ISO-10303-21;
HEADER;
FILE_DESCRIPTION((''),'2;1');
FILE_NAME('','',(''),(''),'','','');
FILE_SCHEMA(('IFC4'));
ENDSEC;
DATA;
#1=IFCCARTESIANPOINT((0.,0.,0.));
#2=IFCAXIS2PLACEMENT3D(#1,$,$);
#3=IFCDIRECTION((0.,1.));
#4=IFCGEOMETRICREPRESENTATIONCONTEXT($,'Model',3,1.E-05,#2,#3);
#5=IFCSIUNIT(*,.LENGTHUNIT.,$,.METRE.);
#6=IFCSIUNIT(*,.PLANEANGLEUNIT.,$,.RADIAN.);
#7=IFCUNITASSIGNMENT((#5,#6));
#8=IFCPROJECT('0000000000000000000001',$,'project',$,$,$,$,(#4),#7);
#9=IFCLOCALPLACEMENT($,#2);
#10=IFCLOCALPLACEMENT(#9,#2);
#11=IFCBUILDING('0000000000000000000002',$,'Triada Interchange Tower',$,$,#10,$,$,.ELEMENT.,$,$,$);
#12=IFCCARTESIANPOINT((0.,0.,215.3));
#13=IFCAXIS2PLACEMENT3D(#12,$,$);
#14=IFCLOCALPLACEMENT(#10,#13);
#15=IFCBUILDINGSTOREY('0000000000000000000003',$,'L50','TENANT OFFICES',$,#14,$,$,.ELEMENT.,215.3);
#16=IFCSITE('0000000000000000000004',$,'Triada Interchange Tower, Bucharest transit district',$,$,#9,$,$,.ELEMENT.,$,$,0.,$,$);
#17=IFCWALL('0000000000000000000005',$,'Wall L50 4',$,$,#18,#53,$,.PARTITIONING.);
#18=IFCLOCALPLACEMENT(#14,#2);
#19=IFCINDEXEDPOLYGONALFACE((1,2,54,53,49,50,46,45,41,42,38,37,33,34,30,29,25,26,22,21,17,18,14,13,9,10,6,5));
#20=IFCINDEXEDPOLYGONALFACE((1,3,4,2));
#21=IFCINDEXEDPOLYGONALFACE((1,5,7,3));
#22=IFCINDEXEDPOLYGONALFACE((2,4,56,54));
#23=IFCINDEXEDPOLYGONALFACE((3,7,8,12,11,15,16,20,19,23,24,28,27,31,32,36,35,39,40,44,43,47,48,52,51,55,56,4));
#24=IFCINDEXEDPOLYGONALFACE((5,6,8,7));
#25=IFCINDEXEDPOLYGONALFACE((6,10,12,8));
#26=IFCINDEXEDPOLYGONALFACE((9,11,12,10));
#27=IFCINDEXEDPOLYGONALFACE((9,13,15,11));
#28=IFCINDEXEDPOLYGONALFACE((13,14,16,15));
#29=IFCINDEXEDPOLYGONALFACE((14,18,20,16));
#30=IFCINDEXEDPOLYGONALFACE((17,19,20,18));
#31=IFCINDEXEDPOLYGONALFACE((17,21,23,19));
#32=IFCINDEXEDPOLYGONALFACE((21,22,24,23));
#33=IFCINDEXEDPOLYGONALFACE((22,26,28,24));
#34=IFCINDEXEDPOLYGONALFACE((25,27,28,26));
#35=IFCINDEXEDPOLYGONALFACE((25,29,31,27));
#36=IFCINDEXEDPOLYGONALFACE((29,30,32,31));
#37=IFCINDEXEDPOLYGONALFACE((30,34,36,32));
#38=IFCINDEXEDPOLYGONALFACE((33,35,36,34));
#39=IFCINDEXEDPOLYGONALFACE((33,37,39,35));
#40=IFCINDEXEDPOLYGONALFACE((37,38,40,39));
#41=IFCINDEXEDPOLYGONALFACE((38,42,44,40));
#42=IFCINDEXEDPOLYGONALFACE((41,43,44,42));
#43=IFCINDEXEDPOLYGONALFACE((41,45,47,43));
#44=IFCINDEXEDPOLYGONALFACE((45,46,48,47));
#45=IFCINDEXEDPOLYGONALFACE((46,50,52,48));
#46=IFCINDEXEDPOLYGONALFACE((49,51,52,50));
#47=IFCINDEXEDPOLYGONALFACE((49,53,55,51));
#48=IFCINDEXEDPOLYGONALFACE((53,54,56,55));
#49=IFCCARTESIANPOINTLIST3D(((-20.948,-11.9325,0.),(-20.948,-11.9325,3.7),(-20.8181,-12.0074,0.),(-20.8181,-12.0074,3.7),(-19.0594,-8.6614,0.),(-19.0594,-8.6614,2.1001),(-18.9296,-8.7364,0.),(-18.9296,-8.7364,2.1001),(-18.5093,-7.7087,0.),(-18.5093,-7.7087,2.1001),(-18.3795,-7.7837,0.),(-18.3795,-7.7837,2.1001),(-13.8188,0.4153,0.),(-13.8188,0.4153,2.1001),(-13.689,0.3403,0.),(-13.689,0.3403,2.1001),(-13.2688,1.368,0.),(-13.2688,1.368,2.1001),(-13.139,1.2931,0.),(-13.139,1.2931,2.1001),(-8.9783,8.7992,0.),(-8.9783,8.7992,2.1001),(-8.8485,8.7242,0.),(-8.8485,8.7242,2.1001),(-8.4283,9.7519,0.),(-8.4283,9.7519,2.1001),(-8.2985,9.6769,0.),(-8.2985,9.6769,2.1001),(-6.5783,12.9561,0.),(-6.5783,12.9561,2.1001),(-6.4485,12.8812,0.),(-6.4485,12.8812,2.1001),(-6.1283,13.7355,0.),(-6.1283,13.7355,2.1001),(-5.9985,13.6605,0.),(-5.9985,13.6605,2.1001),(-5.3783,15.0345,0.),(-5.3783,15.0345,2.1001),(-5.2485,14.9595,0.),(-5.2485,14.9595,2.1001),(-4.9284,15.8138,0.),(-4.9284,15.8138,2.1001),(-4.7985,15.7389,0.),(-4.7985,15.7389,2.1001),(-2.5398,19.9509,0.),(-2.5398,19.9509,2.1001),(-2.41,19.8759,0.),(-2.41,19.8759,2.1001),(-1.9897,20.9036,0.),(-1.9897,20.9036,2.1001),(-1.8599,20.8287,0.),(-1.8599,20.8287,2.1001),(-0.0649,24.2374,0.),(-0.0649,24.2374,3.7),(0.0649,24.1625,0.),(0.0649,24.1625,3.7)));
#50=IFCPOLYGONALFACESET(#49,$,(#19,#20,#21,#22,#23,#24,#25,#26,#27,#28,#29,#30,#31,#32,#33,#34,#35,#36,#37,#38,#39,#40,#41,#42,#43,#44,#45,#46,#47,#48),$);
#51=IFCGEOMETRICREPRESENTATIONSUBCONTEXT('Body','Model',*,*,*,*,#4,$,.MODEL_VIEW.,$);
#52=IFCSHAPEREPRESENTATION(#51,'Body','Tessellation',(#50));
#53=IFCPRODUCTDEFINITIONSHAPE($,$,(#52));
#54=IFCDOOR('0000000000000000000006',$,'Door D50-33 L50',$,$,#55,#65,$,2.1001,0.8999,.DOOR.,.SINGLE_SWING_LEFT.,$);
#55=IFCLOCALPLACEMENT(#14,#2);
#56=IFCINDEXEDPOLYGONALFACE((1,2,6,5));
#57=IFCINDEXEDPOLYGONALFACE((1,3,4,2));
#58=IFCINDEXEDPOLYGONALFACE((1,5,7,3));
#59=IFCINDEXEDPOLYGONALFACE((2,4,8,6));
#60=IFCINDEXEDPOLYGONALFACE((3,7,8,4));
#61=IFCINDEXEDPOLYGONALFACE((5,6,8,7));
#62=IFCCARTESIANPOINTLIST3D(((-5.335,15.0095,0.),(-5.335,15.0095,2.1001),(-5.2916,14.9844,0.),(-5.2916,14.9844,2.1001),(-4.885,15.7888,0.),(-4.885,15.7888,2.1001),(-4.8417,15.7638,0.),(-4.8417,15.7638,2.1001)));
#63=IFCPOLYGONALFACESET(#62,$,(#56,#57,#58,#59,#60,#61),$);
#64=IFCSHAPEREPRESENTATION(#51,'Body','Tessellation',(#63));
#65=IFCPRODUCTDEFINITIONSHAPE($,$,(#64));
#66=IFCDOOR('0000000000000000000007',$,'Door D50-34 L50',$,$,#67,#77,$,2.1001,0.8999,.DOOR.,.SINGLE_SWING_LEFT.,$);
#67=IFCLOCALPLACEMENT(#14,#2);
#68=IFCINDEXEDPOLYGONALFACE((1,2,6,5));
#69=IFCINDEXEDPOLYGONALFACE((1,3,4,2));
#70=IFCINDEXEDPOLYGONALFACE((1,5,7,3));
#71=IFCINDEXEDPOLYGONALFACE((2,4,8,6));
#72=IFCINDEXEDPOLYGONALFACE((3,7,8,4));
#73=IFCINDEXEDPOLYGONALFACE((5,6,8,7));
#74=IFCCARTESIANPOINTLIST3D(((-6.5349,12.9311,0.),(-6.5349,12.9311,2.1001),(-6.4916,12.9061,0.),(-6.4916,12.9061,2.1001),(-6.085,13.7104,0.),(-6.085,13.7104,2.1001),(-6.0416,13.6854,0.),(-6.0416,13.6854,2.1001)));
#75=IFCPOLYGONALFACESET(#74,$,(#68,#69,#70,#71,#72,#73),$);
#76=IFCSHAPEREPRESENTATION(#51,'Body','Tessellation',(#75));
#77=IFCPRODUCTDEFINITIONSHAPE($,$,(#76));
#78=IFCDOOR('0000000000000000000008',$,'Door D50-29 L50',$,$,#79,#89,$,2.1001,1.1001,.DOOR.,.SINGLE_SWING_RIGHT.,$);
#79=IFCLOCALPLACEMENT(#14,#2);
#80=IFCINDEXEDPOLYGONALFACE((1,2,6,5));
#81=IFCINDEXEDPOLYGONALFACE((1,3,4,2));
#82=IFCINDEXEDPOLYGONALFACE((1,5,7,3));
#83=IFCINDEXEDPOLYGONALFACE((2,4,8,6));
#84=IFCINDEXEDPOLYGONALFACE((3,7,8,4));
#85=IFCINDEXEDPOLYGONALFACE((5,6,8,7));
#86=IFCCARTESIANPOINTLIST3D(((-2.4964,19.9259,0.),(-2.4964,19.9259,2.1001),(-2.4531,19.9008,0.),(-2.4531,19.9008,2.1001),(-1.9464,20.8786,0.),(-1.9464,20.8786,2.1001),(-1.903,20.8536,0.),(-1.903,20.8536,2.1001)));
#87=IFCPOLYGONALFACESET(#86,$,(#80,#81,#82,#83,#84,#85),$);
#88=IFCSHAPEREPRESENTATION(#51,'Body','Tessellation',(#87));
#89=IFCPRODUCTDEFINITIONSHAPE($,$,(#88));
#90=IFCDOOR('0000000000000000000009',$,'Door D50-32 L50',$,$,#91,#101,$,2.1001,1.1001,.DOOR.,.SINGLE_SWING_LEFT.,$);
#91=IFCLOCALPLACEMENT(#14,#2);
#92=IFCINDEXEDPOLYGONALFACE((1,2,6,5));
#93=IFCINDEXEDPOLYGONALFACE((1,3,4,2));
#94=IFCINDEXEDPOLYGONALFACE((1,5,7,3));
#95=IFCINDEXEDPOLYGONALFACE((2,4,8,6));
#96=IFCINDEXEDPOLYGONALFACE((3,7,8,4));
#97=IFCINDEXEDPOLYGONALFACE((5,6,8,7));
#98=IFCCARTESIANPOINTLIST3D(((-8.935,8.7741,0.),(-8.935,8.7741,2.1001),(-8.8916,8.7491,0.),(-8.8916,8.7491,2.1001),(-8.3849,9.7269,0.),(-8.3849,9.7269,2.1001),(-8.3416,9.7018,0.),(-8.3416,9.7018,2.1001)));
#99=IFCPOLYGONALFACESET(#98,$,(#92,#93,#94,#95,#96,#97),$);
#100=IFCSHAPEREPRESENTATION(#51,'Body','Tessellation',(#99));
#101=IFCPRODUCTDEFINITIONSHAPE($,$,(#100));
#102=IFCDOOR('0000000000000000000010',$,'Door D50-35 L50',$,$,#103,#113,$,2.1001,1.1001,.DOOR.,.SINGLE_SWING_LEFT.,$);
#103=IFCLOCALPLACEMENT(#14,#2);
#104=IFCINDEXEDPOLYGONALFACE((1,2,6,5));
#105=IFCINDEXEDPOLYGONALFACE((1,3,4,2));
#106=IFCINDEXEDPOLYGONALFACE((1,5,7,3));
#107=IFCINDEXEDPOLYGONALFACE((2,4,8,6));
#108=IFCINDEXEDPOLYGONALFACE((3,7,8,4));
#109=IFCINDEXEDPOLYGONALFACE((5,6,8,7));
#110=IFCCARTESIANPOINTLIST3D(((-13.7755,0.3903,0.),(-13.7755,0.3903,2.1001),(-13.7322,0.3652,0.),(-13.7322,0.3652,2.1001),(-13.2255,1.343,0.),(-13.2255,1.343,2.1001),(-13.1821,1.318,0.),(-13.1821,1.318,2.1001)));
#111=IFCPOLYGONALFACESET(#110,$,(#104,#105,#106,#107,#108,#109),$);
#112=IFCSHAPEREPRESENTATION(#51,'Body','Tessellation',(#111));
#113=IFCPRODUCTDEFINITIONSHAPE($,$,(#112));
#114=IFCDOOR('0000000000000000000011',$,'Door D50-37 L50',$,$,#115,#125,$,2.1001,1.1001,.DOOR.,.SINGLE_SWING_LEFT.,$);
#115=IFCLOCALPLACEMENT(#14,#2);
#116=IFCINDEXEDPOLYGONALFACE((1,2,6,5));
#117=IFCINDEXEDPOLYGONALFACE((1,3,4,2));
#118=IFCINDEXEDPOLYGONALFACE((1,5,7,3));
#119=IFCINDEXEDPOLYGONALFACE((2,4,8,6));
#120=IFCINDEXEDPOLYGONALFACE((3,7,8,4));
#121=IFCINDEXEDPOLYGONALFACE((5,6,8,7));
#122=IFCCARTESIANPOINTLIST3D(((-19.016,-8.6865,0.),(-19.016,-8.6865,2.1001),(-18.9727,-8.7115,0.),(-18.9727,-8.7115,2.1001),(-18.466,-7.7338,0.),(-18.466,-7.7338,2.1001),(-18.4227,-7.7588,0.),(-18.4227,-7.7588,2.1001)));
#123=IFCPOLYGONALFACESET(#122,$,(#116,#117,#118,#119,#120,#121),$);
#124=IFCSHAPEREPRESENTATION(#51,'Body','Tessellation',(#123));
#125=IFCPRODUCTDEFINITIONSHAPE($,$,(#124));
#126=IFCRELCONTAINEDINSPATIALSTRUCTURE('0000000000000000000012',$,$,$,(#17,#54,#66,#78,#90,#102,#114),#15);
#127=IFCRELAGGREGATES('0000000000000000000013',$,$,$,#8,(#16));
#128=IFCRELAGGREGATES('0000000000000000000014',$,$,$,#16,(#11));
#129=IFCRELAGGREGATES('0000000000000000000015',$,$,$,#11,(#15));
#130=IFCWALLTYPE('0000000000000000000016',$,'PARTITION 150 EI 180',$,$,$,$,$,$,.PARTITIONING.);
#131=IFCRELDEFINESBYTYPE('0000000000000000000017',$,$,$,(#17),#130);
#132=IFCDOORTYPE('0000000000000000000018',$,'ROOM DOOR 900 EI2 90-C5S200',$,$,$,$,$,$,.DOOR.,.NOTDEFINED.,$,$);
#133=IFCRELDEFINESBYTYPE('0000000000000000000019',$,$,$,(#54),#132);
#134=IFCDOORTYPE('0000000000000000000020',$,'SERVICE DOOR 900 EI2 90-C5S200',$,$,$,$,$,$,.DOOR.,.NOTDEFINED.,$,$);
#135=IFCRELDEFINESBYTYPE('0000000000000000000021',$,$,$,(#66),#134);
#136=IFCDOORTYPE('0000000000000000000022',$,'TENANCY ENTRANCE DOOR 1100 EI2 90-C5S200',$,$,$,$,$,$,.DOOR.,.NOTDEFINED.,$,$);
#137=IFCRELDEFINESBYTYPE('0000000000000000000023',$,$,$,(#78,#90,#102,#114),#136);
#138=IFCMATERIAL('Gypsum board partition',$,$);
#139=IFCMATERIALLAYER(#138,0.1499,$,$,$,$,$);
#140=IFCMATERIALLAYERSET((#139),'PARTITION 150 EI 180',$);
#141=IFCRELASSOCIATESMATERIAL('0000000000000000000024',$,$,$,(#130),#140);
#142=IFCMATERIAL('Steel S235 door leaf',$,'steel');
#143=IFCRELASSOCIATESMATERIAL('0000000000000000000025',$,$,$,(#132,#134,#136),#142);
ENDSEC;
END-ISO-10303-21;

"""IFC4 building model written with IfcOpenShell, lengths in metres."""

from ifc_helpers import new_model, si_unit, direction, frame, frame_2d, origin, place, context, subcontext, project, spatial, rectangle, extrude, material, layer, layer_set, type_object, element, fill, save


model = new_model("IFC4")

# Units and contexts
model_context = context("Model", 3, precision=1e-05, world=origin(), true_north=direction((0.0, 1.0)))
body_context = subcontext(model_context, "Body", "Model", "MODEL_VIEW")
ifc_project = project(units=[si_unit("LENGTHUNIT", "METRE"), si_unit("PLANEANGLEUNIT", "RADIAN")], contexts=[model_context])

# Site, building, storey
site_placement = place(None, origin())
site = spatial("IfcSite", under=ifc_project, at=site_placement, Name="Triada Interchange Tower, Bucharest transit district", CompositionType="ELEMENT", RefElevation=0.0)
building_placement = place(site_placement, origin())
building = spatial("IfcBuilding", under=site, at=building_placement, Name="Triada Interchange Tower", CompositionType="ELEMENT")
storey_placement = place(building_placement, frame((0.0, 0.0, 215.3)))
storey = spatial("IfcBuildingStorey", under=building, at=storey_placement, Name="L50", Description="TENANT OFFICES", CompositionType="ELEMENT", Elevation=215.3)

# Wall, openings, doors
ifc_material_1 = material(Name="Gypsum board partition")
ifc_layer = layer(ifc_material_1, 0.1499)
ifc_layer_set = layer_set([ifc_layer], Name="PARTITION 150 EI 180")
wall_type = type_object("IfcWallType", Name="PARTITION 150 EI 180", PredefinedType="PARTITIONING", material=ifc_layer_set)
wall_1_placement = place(storey_placement, frame((-20.8831, -11.97, 0.0), z_axis=(0.0, 0.0, 1.0), x_axis=(0.500006, 0.866022, 0.0)))
wall_1 = element("IfcWall", 1, at=wall_1_placement, inside=storey, type_object=wall_type, Name="Wall L50 4", PredefinedType="PARTITIONING", context=body_context, shape_type="SweptSolid", body=[
    extrude(rectangle(XDim=41.7656, YDim=0.1499, at=frame_2d((20.8828, 0.0))), origin(), (0.0, 0.0, 1.0), 3.7),
])
opening_1_placement = place(wall_1_placement, frame((36.8159, 0.0, 0.0)))
opening_1 = element("IfcOpeningElement", 2, at=opening_1_placement, cuts=wall_1, PredefinedType="OPENING", context=body_context, shape_type="SweptSolid", body=[
    extrude(rectangle(XDim=1.1001, YDim=2.1001, at=frame_2d((0.55, 1.05))), frame((0.0, 0.085, 0.0), z_axis=(0.0, -1.0, 0.0), x_axis=(1.0, 0.0, 0.0)), (0.0, 0.0, 1.0), 0.1699),
])
opening_2_placement = place(wall_1_placement, frame((23.939, 0.0, 0.0)))
opening_2 = element("IfcOpeningElement", 3, at=opening_2_placement, cuts=wall_1, PredefinedType="OPENING", context=body_context, shape_type="SweptSolid", body=[
    extrude(rectangle(XDim=1.1001, YDim=2.1001, at=frame_2d((0.55, 1.05))), frame((0.0, 0.085, 0.0), z_axis=(0.0, -1.0, 0.0), x_axis=(1.0, 0.0, 0.0)), (0.0, 0.0, 1.0), 0.1699),
])
opening_3_placement = place(wall_1_placement, frame((31.1389, 0.0, 0.0)))
opening_3 = element("IfcOpeningElement", 4, at=opening_3_placement, cuts=wall_1, PredefinedType="OPENING", context=body_context, shape_type="SweptSolid", body=[
    extrude(rectangle(XDim=0.8999, YDim=2.1001, at=frame_2d((0.45, 1.05))), frame((0.0, 0.085, 0.0), z_axis=(0.0, -1.0, 0.0), x_axis=(1.0, 0.0, 0.0)), (0.0, 0.0, 1.0), 0.1699),
])
opening_4_placement = place(wall_1_placement, frame((28.739, 0.0, 0.0)))
opening_4 = element("IfcOpeningElement", 5, at=opening_4_placement, cuts=wall_1, PredefinedType="OPENING", context=body_context, shape_type="SweptSolid", body=[
    extrude(rectangle(XDim=0.8999, YDim=2.1001, at=frame_2d((0.45, 1.05))), frame((0.0, 0.085, 0.0), z_axis=(0.0, -1.0, 0.0), x_axis=(1.0, 0.0, 0.0)), (0.0, 0.0, 1.0), 0.1699),
])
opening_5_placement = place(wall_1_placement, frame((14.2581, 0.0, 0.0)))
opening_5 = element("IfcOpeningElement", 6, at=opening_5_placement, cuts=wall_1, PredefinedType="OPENING", context=body_context, shape_type="SweptSolid", body=[
    extrude(rectangle(XDim=1.1001, YDim=2.1001, at=frame_2d((0.55, 1.05))), frame((0.0, 0.085, 0.0), z_axis=(0.0, -1.0, 0.0), x_axis=(1.0, 0.0, 0.0)), (0.0, 0.0, 1.0), 0.1699),
])
opening_6_placement = place(wall_1_placement, frame((3.7771, 0.0, 0.0)))
opening_6 = element("IfcOpeningElement", 7, at=opening_6_placement, cuts=wall_1, PredefinedType="OPENING", context=body_context, shape_type="SweptSolid", body=[
    extrude(rectangle(XDim=1.1001, YDim=2.1001, at=frame_2d((0.55, 1.05))), frame((0.0, 0.085, 0.0), z_axis=(0.0, -1.0, 0.0), x_axis=(1.0, 0.0, 0.0)), (0.0, 0.0, 1.0), 0.1699),
])
ifc_material_2 = material(Name="Steel S235 door leaf", Category="steel")
door_type_1 = type_object("IfcDoorType", Name="ROOM DOOR 900 EI2 90-C5S200", OperationType="NOTDEFINED", PredefinedType="DOOR", material=ifc_material_2)
door_1_placement = place(opening_3_placement, origin())
door_1 = element("IfcDoor", 8, at=door_1_placement, inside=storey, type_object=door_type_1, Name="Door D50-33 L50", OperationType="SINGLE_SWING_LEFT", OverallHeight=2.1001, OverallWidth=0.8999, PredefinedType="DOOR", context=body_context, shape_type="SweptSolid", body=[
    extrude(rectangle(XDim=0.8999, YDim=2.1001, at=frame_2d((0.45, 1.05))), frame((0.0, 0.0249, 0.0), z_axis=(0.0, -1.0, 0.0), x_axis=(1.0, 0.0, 0.0)), (0.0, 0.0, 1.0), 0.05),
])
fill(opening_3, door_1)
door_type_2 = type_object("IfcDoorType", Name="SERVICE DOOR 900 EI2 90-C5S200", OperationType="NOTDEFINED", PredefinedType="DOOR", material=ifc_material_2)
door_2_placement = place(opening_4_placement, origin())
door_2 = element("IfcDoor", 9, at=door_2_placement, inside=storey, type_object=door_type_2, Name="Door D50-34 L50", OperationType="SINGLE_SWING_LEFT", OverallHeight=2.1001, OverallWidth=0.8999, PredefinedType="DOOR", context=body_context, shape_type="SweptSolid", body=[
    extrude(rectangle(XDim=0.8999, YDim=2.1001, at=frame_2d((0.45, 1.05))), frame((0.0, 0.0249, 0.0), z_axis=(0.0, -1.0, 0.0), x_axis=(1.0, 0.0, 0.0)), (0.0, 0.0, 1.0), 0.05),
])
fill(opening_4, door_2)
door_type_3 = type_object("IfcDoorType", Name="TENANCY ENTRANCE DOOR 1100 EI2 90-C5S200", OperationType="NOTDEFINED", PredefinedType="DOOR", material=ifc_material_2)
door_3_placement = place(opening_1_placement, origin())
door_3 = element("IfcDoor", 10, at=door_3_placement, inside=storey, type_object=door_type_3, Name="Door D50-29 L50", OperationType="SINGLE_SWING_RIGHT", OverallHeight=2.1001, OverallWidth=1.1001, PredefinedType="DOOR", context=body_context, shape_type="SweptSolid", body=[
    extrude(rectangle(XDim=1.1001, YDim=2.1001, at=frame_2d((0.55, 1.05))), frame((0.0, 0.0249, 0.0), z_axis=(0.0, -1.0, 0.0), x_axis=(1.0, 0.0, 0.0)), (0.0, 0.0, 1.0), 0.05),
])
fill(opening_1, door_3)
door_4_placement = place(opening_2_placement, origin())
door_4 = element("IfcDoor", 11, at=door_4_placement, inside=storey, type_object=door_type_3, Name="Door D50-32 L50", OperationType="SINGLE_SWING_LEFT", OverallHeight=2.1001, OverallWidth=1.1001, PredefinedType="DOOR", context=body_context, shape_type="SweptSolid", body=[
    extrude(rectangle(XDim=1.1001, YDim=2.1001, at=frame_2d((0.55, 1.05))), frame((0.0, 0.0249, 0.0), z_axis=(0.0, -1.0, 0.0), x_axis=(1.0, 0.0, 0.0)), (0.0, 0.0, 1.0), 0.05),
])
fill(opening_2, door_4)
door_5_placement = place(opening_5_placement, origin())
door_5 = element("IfcDoor", 12, at=door_5_placement, inside=storey, type_object=door_type_3, Name="Door D50-35 L50", OperationType="SINGLE_SWING_LEFT", OverallHeight=2.1001, OverallWidth=1.1001, PredefinedType="DOOR", context=body_context, shape_type="SweptSolid", body=[
    extrude(rectangle(XDim=1.1001, YDim=2.1001, at=frame_2d((0.55, 1.05))), frame((0.0, 0.0249, 0.0), z_axis=(0.0, -1.0, 0.0), x_axis=(1.0, 0.0, 0.0)), (0.0, 0.0, 1.0), 0.05),
])
fill(opening_5, door_5)
door_6_placement = place(opening_6_placement, origin())
door_6 = element("IfcDoor", 13, at=door_6_placement, inside=storey, type_object=door_type_3, Name="Door D50-37 L50", OperationType="SINGLE_SWING_LEFT", OverallHeight=2.1001, OverallWidth=1.1001, PredefinedType="DOOR", context=body_context, shape_type="SweptSolid", body=[
    extrude(rectangle(XDim=1.1001, YDim=2.1001, at=frame_2d((0.55, 1.05))), frame((0.0, 0.0249, 0.0), z_axis=(0.0, -1.0, 0.0), x_axis=(1.0, 0.0, 0.0)), (0.0, 0.0, 1.0), 0.05),
])
fill(opening_6, door_6)

save(model, "model.ifc")
